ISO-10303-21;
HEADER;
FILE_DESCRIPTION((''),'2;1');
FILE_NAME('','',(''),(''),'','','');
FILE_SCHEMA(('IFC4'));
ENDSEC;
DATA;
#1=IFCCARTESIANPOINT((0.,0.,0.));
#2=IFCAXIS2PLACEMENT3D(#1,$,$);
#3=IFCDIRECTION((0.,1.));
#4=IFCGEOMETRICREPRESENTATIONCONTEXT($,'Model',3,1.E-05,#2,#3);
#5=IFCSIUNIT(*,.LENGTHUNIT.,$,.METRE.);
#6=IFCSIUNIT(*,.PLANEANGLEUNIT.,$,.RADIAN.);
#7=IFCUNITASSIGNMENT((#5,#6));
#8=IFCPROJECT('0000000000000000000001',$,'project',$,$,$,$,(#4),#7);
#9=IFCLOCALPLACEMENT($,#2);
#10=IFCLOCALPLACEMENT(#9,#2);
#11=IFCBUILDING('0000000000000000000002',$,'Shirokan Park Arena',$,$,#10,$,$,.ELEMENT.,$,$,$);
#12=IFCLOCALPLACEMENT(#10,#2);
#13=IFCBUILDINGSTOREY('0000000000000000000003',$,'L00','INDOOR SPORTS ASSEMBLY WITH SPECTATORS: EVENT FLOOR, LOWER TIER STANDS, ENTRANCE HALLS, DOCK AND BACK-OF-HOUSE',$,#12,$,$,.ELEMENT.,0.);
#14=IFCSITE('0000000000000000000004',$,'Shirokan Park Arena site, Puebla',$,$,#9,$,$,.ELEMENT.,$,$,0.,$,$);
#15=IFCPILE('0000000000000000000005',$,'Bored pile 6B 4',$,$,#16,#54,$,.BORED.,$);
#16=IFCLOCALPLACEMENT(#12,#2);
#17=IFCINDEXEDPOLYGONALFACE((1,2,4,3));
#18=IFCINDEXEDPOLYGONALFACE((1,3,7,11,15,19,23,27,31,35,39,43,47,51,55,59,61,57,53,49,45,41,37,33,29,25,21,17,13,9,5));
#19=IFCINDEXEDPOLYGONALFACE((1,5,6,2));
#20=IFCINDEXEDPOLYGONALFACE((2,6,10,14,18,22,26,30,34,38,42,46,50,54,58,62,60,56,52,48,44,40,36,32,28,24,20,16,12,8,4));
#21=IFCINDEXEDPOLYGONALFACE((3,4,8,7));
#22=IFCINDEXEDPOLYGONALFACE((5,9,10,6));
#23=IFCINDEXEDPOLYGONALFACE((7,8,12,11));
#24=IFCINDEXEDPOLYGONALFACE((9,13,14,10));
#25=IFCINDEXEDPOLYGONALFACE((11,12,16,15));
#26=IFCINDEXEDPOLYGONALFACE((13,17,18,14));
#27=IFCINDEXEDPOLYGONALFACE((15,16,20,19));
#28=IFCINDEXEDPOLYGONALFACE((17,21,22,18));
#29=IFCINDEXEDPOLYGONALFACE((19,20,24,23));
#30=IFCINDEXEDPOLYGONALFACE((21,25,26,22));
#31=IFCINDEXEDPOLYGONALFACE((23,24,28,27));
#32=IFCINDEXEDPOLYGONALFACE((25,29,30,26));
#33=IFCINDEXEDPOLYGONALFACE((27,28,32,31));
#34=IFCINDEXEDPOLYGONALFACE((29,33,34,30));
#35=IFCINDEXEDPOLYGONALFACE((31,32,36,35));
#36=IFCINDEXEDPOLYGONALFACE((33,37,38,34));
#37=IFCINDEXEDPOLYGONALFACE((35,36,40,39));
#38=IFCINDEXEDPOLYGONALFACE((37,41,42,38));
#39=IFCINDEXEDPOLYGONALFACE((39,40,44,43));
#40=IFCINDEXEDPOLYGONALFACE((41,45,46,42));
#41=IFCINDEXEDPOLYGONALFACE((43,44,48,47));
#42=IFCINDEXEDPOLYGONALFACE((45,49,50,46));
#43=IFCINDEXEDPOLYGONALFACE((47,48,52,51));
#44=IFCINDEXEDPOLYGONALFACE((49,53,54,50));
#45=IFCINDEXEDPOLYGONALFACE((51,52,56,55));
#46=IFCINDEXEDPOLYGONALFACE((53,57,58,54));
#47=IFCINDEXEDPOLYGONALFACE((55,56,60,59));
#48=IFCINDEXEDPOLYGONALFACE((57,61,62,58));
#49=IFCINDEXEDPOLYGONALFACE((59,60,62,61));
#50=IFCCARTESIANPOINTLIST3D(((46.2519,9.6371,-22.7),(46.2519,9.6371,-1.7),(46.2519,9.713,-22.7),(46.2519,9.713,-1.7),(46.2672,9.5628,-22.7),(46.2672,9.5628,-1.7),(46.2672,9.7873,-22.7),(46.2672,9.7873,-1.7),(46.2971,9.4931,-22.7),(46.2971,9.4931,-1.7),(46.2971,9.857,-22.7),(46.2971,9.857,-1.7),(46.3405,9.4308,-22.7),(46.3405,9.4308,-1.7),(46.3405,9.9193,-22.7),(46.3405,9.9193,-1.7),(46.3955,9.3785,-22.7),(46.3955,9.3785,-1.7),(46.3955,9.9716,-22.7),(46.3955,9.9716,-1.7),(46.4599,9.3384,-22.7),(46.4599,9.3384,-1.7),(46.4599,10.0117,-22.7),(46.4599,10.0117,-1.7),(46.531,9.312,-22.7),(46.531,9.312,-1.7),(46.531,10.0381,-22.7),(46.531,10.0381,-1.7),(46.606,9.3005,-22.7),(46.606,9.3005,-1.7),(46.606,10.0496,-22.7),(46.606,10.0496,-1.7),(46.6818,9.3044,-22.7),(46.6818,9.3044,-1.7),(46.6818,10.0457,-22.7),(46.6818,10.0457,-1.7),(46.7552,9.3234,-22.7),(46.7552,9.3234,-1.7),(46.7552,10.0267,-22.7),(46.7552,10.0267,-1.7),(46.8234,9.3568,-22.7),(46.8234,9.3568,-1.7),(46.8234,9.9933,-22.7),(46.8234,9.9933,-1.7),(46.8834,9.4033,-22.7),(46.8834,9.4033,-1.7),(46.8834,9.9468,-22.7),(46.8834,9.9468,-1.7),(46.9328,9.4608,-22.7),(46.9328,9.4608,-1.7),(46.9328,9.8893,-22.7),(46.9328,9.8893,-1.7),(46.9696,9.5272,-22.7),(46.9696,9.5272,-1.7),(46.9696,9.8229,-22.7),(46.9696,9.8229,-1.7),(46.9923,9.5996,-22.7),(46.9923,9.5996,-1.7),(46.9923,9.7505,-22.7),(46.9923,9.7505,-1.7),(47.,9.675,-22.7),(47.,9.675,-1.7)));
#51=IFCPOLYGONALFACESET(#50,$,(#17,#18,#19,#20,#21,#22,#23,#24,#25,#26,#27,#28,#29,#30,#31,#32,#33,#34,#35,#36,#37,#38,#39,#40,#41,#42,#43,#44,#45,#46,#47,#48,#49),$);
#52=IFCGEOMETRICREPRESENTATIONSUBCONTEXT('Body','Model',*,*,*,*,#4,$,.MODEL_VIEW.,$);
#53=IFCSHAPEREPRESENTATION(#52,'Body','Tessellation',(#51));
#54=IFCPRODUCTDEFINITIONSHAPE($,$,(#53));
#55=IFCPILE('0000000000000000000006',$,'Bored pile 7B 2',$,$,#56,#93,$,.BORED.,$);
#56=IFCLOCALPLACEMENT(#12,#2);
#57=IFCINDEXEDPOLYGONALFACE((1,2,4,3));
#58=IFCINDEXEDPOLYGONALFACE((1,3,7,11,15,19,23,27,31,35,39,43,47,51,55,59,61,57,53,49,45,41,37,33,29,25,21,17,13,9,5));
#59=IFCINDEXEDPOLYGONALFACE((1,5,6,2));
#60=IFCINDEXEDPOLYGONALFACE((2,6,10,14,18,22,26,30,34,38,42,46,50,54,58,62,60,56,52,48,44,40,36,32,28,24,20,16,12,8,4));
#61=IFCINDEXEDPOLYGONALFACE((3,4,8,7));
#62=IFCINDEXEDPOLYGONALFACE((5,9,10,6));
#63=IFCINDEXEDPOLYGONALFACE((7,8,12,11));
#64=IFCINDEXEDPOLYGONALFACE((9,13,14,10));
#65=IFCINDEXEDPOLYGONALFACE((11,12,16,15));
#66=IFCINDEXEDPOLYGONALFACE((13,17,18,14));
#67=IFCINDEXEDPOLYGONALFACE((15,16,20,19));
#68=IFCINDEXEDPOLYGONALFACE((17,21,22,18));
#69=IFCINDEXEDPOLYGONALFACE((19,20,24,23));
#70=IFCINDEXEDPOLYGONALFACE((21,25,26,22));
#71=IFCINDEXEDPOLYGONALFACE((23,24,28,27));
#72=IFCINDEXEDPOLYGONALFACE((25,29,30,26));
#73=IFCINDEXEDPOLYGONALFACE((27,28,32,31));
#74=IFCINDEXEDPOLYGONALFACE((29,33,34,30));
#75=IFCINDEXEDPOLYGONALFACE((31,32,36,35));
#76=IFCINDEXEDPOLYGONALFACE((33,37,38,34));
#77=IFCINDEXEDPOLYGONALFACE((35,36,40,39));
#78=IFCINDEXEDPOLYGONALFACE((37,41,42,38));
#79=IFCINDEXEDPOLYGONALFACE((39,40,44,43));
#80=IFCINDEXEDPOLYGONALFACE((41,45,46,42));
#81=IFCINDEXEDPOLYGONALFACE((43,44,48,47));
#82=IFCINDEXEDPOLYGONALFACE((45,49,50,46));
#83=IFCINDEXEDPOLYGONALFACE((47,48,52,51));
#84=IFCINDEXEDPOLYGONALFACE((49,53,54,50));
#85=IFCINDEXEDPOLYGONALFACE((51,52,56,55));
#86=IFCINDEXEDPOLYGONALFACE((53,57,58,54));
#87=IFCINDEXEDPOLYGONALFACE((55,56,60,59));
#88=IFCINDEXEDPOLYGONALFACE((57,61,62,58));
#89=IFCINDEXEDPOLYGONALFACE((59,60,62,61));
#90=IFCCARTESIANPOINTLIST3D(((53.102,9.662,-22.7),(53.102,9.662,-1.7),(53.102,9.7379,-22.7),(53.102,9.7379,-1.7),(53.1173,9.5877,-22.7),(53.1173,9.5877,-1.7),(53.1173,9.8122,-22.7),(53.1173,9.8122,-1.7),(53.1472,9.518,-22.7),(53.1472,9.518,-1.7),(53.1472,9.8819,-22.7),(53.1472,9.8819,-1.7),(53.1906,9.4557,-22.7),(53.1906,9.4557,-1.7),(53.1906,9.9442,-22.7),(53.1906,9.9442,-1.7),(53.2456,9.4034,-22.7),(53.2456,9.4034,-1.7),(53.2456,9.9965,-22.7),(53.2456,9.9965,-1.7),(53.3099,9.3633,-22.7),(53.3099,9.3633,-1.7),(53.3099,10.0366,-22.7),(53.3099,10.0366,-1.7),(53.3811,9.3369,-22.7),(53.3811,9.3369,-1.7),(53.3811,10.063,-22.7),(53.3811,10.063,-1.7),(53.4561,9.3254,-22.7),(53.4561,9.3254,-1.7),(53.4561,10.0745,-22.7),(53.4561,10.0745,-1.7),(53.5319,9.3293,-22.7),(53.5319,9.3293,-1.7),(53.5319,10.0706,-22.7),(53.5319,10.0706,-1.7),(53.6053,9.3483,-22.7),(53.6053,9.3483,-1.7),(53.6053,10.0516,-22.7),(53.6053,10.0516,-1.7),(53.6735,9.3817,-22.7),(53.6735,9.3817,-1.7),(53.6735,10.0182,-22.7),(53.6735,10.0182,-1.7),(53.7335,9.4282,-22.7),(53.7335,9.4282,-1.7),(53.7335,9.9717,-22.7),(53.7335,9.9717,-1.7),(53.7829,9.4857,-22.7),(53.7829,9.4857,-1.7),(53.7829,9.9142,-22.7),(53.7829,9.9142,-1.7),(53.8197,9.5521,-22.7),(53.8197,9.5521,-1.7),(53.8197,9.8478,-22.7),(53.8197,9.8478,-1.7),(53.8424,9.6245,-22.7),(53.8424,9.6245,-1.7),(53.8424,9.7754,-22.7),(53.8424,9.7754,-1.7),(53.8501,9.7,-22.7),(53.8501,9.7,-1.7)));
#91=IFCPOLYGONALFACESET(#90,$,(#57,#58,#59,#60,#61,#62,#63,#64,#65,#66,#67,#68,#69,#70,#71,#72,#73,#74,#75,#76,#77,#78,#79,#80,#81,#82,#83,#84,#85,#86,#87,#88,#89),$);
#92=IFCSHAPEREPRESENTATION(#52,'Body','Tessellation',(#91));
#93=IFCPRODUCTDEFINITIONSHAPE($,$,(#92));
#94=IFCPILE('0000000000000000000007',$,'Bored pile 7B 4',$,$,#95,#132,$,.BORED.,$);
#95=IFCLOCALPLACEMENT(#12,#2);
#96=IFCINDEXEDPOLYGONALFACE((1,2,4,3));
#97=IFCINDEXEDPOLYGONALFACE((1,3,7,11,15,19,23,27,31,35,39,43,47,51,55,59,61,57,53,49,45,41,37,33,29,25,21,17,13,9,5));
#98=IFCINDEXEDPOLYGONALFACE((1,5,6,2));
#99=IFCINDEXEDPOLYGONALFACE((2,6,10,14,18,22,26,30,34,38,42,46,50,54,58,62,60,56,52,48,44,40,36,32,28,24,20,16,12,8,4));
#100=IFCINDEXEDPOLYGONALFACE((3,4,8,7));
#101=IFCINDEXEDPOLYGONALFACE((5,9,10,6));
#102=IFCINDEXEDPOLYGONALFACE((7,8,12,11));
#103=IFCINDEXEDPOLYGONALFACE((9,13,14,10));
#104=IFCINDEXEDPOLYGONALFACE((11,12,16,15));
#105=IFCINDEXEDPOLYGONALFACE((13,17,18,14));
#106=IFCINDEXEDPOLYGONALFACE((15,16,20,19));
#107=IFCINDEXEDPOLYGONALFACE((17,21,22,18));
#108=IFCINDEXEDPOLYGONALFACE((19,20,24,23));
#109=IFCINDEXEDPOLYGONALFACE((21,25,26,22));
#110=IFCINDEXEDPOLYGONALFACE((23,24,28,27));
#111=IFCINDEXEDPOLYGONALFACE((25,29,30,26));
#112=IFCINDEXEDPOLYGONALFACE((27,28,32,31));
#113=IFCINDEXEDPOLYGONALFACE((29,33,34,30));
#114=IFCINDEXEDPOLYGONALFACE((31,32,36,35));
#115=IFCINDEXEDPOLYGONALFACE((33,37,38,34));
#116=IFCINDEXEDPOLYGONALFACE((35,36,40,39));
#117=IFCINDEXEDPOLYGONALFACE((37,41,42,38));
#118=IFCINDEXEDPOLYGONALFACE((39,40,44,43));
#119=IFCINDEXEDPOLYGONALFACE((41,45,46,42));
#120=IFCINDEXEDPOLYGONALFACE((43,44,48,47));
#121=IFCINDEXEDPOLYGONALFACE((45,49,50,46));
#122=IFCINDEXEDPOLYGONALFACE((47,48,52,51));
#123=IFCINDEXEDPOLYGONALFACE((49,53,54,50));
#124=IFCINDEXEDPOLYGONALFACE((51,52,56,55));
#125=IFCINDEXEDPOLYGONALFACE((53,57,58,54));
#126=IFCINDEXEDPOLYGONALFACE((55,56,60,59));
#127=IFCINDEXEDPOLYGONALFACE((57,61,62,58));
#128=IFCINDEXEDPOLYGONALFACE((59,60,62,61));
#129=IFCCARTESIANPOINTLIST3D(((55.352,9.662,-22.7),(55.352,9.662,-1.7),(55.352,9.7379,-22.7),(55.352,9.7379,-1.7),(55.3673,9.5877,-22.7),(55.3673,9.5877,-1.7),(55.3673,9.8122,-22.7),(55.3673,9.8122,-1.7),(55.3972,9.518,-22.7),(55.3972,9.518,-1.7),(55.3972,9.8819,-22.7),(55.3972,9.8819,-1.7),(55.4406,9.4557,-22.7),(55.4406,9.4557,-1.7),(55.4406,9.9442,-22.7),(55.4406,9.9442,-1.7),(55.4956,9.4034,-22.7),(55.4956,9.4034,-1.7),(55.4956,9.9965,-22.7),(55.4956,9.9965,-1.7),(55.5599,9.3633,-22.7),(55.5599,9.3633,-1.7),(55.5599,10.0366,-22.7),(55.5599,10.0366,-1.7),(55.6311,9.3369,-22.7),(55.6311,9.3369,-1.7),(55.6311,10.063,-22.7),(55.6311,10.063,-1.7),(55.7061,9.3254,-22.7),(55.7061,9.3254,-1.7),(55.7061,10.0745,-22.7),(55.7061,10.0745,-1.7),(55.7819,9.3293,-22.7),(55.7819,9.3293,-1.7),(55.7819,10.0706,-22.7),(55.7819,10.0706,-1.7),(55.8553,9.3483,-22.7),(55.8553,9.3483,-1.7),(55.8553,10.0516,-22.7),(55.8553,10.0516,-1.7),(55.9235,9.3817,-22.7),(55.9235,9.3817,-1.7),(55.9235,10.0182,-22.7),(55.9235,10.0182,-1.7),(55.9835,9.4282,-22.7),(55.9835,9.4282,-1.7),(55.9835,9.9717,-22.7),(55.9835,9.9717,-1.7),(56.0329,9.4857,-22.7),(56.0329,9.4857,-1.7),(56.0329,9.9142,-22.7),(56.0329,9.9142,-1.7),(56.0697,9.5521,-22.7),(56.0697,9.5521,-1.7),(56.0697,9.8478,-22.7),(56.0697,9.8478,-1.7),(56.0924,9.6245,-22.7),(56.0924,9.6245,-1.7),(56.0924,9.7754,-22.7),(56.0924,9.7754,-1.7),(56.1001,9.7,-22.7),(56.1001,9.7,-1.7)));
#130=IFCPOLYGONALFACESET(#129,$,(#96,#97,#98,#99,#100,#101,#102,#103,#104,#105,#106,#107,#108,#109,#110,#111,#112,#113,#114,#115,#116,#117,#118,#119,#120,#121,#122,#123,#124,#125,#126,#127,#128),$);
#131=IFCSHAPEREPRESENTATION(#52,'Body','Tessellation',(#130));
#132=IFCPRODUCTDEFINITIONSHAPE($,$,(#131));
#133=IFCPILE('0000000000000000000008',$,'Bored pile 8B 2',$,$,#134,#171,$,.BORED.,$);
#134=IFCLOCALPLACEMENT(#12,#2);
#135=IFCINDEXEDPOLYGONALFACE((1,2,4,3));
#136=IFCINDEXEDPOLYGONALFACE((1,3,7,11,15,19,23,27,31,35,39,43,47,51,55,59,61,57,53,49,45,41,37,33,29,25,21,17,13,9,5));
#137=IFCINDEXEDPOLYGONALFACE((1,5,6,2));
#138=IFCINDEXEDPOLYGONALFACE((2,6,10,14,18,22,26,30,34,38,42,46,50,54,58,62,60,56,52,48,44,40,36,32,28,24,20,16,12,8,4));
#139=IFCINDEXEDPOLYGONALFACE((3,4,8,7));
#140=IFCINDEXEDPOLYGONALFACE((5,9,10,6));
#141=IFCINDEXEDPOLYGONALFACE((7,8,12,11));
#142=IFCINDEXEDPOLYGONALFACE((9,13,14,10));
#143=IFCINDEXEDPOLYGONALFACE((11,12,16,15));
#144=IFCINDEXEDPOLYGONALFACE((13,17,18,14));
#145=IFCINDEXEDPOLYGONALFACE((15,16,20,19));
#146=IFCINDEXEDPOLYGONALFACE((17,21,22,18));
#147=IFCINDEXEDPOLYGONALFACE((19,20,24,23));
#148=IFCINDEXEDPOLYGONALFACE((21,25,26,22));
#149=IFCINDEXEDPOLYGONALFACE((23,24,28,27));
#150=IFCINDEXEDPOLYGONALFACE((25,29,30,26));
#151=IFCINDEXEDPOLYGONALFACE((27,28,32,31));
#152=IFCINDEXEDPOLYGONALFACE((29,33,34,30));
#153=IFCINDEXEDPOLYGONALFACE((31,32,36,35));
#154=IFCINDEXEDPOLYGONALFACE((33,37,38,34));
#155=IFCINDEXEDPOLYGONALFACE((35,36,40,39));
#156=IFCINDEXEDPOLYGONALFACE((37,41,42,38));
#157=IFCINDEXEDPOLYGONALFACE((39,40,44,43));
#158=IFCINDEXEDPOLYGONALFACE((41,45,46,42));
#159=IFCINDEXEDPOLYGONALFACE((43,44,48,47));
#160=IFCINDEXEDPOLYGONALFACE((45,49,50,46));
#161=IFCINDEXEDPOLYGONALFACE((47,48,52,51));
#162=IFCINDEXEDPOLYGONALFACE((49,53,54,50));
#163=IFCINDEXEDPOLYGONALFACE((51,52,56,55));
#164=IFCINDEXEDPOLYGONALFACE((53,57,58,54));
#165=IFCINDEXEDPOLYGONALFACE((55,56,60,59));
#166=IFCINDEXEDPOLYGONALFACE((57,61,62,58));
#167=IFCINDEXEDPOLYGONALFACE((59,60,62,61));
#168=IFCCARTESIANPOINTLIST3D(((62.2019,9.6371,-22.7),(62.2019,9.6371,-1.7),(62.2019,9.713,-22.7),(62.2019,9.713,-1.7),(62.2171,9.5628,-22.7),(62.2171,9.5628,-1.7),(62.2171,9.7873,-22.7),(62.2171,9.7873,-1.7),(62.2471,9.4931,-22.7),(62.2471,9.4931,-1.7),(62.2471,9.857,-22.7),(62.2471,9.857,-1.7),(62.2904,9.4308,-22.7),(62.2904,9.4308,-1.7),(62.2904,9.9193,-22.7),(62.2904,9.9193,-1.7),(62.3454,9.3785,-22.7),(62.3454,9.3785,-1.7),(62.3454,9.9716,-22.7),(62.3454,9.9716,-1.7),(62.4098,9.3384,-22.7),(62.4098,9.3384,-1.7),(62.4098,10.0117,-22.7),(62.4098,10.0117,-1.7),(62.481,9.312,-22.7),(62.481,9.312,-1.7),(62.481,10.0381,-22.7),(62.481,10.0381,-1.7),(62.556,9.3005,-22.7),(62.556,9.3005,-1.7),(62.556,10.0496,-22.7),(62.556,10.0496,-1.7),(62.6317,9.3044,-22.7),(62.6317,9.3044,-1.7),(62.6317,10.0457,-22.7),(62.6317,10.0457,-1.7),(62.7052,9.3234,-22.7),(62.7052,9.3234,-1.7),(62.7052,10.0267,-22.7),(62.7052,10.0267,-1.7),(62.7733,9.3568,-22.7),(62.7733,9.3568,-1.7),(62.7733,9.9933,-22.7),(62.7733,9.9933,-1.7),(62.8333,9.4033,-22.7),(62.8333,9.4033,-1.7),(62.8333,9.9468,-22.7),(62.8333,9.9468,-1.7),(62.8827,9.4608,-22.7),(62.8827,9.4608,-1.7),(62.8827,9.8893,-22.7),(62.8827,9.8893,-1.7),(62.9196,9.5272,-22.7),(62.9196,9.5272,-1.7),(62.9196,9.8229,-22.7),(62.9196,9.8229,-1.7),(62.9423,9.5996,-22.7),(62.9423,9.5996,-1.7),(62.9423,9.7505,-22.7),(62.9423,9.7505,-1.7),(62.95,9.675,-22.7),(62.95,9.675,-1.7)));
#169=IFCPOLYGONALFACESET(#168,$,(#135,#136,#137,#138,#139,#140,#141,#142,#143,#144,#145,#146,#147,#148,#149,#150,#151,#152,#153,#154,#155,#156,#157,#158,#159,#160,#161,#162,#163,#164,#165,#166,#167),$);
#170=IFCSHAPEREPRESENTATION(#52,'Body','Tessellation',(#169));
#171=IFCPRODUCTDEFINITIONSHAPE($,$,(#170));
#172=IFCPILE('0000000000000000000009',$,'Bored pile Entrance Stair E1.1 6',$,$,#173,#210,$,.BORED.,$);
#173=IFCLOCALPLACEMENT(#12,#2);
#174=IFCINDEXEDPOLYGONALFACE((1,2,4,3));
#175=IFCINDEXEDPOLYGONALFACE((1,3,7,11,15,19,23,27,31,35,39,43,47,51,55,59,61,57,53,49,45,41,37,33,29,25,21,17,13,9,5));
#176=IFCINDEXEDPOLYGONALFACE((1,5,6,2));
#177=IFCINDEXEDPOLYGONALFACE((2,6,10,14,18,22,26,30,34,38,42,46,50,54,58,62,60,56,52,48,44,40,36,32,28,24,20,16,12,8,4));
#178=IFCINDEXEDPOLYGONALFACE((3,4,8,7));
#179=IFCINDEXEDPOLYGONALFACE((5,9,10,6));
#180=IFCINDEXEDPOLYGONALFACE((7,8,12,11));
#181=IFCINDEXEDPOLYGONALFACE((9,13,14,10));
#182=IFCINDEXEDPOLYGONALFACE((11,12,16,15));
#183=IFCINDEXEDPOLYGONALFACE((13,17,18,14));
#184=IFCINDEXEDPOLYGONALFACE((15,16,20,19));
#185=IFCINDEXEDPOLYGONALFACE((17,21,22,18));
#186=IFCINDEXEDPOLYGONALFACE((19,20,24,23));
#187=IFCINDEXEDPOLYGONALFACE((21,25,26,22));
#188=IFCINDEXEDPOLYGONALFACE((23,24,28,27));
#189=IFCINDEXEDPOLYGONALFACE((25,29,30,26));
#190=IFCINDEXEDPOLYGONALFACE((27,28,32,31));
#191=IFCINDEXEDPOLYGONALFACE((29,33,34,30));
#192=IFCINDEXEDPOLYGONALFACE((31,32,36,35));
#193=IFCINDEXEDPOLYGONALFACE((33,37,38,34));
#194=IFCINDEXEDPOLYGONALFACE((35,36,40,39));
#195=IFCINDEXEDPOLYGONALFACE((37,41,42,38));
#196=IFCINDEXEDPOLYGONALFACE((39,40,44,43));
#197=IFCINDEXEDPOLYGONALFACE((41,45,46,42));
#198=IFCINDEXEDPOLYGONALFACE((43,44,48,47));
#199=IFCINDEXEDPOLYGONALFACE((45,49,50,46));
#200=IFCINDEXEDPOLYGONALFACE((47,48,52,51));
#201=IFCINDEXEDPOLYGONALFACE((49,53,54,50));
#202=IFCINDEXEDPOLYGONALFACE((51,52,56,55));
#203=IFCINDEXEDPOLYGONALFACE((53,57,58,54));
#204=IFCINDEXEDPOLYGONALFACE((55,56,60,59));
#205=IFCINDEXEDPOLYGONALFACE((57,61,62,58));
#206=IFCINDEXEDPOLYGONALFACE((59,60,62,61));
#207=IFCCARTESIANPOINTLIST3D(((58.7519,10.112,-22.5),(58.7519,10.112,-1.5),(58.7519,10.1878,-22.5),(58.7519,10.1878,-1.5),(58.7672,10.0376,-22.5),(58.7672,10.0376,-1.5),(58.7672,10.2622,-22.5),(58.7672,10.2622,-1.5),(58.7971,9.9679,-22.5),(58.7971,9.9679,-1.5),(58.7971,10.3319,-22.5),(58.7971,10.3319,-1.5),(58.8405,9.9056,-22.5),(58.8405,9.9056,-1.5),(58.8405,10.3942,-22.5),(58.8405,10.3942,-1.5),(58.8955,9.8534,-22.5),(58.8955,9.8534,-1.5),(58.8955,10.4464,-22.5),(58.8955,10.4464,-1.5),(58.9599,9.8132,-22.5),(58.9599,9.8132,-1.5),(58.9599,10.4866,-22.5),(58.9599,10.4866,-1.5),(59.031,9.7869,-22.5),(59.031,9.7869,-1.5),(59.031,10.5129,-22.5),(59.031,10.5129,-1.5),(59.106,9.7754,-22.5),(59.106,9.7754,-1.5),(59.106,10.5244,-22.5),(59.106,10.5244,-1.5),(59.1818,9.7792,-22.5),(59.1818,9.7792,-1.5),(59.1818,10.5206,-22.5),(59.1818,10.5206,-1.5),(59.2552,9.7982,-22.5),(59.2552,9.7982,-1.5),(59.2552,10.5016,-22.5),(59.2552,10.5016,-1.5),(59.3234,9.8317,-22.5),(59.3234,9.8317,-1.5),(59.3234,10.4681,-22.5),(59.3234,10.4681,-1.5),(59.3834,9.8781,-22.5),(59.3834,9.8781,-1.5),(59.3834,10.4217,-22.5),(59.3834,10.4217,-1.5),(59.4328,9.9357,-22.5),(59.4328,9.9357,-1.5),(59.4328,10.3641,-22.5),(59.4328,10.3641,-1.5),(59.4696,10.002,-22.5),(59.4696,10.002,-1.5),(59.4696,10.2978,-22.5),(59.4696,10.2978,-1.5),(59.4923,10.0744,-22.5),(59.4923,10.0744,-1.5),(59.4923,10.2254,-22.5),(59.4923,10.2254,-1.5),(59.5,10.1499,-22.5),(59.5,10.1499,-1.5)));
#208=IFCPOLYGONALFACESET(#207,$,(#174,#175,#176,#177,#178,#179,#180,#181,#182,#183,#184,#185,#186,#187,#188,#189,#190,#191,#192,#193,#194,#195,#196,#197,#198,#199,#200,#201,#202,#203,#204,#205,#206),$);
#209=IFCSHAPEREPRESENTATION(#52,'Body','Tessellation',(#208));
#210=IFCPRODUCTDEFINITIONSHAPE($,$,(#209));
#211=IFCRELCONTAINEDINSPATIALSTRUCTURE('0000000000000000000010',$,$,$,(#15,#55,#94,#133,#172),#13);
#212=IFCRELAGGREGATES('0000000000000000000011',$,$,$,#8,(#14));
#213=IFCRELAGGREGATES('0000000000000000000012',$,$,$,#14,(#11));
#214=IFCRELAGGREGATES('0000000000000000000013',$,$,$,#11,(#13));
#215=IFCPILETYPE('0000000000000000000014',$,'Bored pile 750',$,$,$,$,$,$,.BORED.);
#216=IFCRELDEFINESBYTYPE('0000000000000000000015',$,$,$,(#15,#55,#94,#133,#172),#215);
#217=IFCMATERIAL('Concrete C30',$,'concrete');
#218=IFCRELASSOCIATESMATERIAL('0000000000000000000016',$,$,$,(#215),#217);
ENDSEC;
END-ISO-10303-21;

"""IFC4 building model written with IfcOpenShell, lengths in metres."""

from ifc_helpers import new_model, si_unit, direction, frame, origin, origin_2d, place, context, subcontext, project, spatial, circle, extrude, material, material_profile, profile_set, type_object, element, save


model = new_model("IFC4")

# Units and contexts
model_context = context("Model", 3, precision=1e-05, world=origin(), true_north=direction((0.0, 1.0)))
body_context = subcontext(model_context, "Body", "Model", "MODEL_VIEW")
ifc_project = project(units=[si_unit("LENGTHUNIT", "METRE"), si_unit("PLANEANGLEUNIT", "RADIAN")], contexts=[model_context])

# Site, building, storey
site_placement = place(None, origin())
site = spatial("IfcSite", under=ifc_project, at=site_placement, Name="Shirokan Park Arena site, Puebla", CompositionType="ELEMENT", RefElevation=0.0)
building_placement = place(site_placement, origin())
building = spatial("IfcBuilding", under=site, at=building_placement, Name="Shirokan Park Arena", CompositionType="ELEMENT")
storey_placement = place(building_placement, origin())
storey = spatial("IfcBuildingStorey", under=building, at=storey_placement, Name="L00", Description="INDOOR SPORTS ASSEMBLY WITH SPECTATORS: EVENT FLOOR, LOWER TIER STANDS, ENTRANCE HALLS, DOCK AND BACK-OF-HOUSE", CompositionType="ELEMENT", Elevation=0.0)

# Piles
ifc_material_1 = material(Name="Concrete C30", Category="concrete")
ifc_material_profile_1 = material_profile(ifc_material_1, circle(Radius=0.375, at=origin_2d()), Name="D750")
ifc_profile_set_1 = profile_set([ifc_material_profile_1], Name="Concrete C30")
pile_type_1 = type_object("IfcPileType", Name="Bored pile 750", PredefinedType="BORED", material=ifc_profile_set_1)
for number, where, z_axis, x_axis, name in (
    (1, (46.625, 9.675, -1.7), (0.0, 0.0, -1.0), (1.0, 0.0, 0.0), "Bored pile 6B 4"),
    (2, (53.4751, 9.7, -1.7), (0.0, 0.0, -1.0), (1.0, 0.0, 0.0), "Bored pile 7B 2"),
    (3, (55.7251, 9.7, -1.7), (0.0, 0.0, -1.0), (1.0, 0.0, 0.0), "Bored pile 7B 4"),
    (4, (62.575, 9.675, -1.7), (0.0, 0.0, -1.0), (1.0, 0.0, 0.0), "Bored pile 8B 2"),
    (5, (59.125, 10.1499, -1.5), (0.0, 0.0, -1.0), (1.0, 0.0, 0.0), "Bored pile Entrance Stair E1.1 6"),
):
    element("IfcPile", number, at=place(storey_placement, frame(where, z_axis=z_axis, x_axis=x_axis)), inside=storey, type_object=pile_type_1, Name=name, PredefinedType="BORED", context=body_context, shape_type="SweptSolid", body=[
        extrude(circle(Radius=0.375, at=origin_2d()), origin(), (0.0, 0.0, 1.0), 21.0),
    ])

save(model, "model.ifc")
